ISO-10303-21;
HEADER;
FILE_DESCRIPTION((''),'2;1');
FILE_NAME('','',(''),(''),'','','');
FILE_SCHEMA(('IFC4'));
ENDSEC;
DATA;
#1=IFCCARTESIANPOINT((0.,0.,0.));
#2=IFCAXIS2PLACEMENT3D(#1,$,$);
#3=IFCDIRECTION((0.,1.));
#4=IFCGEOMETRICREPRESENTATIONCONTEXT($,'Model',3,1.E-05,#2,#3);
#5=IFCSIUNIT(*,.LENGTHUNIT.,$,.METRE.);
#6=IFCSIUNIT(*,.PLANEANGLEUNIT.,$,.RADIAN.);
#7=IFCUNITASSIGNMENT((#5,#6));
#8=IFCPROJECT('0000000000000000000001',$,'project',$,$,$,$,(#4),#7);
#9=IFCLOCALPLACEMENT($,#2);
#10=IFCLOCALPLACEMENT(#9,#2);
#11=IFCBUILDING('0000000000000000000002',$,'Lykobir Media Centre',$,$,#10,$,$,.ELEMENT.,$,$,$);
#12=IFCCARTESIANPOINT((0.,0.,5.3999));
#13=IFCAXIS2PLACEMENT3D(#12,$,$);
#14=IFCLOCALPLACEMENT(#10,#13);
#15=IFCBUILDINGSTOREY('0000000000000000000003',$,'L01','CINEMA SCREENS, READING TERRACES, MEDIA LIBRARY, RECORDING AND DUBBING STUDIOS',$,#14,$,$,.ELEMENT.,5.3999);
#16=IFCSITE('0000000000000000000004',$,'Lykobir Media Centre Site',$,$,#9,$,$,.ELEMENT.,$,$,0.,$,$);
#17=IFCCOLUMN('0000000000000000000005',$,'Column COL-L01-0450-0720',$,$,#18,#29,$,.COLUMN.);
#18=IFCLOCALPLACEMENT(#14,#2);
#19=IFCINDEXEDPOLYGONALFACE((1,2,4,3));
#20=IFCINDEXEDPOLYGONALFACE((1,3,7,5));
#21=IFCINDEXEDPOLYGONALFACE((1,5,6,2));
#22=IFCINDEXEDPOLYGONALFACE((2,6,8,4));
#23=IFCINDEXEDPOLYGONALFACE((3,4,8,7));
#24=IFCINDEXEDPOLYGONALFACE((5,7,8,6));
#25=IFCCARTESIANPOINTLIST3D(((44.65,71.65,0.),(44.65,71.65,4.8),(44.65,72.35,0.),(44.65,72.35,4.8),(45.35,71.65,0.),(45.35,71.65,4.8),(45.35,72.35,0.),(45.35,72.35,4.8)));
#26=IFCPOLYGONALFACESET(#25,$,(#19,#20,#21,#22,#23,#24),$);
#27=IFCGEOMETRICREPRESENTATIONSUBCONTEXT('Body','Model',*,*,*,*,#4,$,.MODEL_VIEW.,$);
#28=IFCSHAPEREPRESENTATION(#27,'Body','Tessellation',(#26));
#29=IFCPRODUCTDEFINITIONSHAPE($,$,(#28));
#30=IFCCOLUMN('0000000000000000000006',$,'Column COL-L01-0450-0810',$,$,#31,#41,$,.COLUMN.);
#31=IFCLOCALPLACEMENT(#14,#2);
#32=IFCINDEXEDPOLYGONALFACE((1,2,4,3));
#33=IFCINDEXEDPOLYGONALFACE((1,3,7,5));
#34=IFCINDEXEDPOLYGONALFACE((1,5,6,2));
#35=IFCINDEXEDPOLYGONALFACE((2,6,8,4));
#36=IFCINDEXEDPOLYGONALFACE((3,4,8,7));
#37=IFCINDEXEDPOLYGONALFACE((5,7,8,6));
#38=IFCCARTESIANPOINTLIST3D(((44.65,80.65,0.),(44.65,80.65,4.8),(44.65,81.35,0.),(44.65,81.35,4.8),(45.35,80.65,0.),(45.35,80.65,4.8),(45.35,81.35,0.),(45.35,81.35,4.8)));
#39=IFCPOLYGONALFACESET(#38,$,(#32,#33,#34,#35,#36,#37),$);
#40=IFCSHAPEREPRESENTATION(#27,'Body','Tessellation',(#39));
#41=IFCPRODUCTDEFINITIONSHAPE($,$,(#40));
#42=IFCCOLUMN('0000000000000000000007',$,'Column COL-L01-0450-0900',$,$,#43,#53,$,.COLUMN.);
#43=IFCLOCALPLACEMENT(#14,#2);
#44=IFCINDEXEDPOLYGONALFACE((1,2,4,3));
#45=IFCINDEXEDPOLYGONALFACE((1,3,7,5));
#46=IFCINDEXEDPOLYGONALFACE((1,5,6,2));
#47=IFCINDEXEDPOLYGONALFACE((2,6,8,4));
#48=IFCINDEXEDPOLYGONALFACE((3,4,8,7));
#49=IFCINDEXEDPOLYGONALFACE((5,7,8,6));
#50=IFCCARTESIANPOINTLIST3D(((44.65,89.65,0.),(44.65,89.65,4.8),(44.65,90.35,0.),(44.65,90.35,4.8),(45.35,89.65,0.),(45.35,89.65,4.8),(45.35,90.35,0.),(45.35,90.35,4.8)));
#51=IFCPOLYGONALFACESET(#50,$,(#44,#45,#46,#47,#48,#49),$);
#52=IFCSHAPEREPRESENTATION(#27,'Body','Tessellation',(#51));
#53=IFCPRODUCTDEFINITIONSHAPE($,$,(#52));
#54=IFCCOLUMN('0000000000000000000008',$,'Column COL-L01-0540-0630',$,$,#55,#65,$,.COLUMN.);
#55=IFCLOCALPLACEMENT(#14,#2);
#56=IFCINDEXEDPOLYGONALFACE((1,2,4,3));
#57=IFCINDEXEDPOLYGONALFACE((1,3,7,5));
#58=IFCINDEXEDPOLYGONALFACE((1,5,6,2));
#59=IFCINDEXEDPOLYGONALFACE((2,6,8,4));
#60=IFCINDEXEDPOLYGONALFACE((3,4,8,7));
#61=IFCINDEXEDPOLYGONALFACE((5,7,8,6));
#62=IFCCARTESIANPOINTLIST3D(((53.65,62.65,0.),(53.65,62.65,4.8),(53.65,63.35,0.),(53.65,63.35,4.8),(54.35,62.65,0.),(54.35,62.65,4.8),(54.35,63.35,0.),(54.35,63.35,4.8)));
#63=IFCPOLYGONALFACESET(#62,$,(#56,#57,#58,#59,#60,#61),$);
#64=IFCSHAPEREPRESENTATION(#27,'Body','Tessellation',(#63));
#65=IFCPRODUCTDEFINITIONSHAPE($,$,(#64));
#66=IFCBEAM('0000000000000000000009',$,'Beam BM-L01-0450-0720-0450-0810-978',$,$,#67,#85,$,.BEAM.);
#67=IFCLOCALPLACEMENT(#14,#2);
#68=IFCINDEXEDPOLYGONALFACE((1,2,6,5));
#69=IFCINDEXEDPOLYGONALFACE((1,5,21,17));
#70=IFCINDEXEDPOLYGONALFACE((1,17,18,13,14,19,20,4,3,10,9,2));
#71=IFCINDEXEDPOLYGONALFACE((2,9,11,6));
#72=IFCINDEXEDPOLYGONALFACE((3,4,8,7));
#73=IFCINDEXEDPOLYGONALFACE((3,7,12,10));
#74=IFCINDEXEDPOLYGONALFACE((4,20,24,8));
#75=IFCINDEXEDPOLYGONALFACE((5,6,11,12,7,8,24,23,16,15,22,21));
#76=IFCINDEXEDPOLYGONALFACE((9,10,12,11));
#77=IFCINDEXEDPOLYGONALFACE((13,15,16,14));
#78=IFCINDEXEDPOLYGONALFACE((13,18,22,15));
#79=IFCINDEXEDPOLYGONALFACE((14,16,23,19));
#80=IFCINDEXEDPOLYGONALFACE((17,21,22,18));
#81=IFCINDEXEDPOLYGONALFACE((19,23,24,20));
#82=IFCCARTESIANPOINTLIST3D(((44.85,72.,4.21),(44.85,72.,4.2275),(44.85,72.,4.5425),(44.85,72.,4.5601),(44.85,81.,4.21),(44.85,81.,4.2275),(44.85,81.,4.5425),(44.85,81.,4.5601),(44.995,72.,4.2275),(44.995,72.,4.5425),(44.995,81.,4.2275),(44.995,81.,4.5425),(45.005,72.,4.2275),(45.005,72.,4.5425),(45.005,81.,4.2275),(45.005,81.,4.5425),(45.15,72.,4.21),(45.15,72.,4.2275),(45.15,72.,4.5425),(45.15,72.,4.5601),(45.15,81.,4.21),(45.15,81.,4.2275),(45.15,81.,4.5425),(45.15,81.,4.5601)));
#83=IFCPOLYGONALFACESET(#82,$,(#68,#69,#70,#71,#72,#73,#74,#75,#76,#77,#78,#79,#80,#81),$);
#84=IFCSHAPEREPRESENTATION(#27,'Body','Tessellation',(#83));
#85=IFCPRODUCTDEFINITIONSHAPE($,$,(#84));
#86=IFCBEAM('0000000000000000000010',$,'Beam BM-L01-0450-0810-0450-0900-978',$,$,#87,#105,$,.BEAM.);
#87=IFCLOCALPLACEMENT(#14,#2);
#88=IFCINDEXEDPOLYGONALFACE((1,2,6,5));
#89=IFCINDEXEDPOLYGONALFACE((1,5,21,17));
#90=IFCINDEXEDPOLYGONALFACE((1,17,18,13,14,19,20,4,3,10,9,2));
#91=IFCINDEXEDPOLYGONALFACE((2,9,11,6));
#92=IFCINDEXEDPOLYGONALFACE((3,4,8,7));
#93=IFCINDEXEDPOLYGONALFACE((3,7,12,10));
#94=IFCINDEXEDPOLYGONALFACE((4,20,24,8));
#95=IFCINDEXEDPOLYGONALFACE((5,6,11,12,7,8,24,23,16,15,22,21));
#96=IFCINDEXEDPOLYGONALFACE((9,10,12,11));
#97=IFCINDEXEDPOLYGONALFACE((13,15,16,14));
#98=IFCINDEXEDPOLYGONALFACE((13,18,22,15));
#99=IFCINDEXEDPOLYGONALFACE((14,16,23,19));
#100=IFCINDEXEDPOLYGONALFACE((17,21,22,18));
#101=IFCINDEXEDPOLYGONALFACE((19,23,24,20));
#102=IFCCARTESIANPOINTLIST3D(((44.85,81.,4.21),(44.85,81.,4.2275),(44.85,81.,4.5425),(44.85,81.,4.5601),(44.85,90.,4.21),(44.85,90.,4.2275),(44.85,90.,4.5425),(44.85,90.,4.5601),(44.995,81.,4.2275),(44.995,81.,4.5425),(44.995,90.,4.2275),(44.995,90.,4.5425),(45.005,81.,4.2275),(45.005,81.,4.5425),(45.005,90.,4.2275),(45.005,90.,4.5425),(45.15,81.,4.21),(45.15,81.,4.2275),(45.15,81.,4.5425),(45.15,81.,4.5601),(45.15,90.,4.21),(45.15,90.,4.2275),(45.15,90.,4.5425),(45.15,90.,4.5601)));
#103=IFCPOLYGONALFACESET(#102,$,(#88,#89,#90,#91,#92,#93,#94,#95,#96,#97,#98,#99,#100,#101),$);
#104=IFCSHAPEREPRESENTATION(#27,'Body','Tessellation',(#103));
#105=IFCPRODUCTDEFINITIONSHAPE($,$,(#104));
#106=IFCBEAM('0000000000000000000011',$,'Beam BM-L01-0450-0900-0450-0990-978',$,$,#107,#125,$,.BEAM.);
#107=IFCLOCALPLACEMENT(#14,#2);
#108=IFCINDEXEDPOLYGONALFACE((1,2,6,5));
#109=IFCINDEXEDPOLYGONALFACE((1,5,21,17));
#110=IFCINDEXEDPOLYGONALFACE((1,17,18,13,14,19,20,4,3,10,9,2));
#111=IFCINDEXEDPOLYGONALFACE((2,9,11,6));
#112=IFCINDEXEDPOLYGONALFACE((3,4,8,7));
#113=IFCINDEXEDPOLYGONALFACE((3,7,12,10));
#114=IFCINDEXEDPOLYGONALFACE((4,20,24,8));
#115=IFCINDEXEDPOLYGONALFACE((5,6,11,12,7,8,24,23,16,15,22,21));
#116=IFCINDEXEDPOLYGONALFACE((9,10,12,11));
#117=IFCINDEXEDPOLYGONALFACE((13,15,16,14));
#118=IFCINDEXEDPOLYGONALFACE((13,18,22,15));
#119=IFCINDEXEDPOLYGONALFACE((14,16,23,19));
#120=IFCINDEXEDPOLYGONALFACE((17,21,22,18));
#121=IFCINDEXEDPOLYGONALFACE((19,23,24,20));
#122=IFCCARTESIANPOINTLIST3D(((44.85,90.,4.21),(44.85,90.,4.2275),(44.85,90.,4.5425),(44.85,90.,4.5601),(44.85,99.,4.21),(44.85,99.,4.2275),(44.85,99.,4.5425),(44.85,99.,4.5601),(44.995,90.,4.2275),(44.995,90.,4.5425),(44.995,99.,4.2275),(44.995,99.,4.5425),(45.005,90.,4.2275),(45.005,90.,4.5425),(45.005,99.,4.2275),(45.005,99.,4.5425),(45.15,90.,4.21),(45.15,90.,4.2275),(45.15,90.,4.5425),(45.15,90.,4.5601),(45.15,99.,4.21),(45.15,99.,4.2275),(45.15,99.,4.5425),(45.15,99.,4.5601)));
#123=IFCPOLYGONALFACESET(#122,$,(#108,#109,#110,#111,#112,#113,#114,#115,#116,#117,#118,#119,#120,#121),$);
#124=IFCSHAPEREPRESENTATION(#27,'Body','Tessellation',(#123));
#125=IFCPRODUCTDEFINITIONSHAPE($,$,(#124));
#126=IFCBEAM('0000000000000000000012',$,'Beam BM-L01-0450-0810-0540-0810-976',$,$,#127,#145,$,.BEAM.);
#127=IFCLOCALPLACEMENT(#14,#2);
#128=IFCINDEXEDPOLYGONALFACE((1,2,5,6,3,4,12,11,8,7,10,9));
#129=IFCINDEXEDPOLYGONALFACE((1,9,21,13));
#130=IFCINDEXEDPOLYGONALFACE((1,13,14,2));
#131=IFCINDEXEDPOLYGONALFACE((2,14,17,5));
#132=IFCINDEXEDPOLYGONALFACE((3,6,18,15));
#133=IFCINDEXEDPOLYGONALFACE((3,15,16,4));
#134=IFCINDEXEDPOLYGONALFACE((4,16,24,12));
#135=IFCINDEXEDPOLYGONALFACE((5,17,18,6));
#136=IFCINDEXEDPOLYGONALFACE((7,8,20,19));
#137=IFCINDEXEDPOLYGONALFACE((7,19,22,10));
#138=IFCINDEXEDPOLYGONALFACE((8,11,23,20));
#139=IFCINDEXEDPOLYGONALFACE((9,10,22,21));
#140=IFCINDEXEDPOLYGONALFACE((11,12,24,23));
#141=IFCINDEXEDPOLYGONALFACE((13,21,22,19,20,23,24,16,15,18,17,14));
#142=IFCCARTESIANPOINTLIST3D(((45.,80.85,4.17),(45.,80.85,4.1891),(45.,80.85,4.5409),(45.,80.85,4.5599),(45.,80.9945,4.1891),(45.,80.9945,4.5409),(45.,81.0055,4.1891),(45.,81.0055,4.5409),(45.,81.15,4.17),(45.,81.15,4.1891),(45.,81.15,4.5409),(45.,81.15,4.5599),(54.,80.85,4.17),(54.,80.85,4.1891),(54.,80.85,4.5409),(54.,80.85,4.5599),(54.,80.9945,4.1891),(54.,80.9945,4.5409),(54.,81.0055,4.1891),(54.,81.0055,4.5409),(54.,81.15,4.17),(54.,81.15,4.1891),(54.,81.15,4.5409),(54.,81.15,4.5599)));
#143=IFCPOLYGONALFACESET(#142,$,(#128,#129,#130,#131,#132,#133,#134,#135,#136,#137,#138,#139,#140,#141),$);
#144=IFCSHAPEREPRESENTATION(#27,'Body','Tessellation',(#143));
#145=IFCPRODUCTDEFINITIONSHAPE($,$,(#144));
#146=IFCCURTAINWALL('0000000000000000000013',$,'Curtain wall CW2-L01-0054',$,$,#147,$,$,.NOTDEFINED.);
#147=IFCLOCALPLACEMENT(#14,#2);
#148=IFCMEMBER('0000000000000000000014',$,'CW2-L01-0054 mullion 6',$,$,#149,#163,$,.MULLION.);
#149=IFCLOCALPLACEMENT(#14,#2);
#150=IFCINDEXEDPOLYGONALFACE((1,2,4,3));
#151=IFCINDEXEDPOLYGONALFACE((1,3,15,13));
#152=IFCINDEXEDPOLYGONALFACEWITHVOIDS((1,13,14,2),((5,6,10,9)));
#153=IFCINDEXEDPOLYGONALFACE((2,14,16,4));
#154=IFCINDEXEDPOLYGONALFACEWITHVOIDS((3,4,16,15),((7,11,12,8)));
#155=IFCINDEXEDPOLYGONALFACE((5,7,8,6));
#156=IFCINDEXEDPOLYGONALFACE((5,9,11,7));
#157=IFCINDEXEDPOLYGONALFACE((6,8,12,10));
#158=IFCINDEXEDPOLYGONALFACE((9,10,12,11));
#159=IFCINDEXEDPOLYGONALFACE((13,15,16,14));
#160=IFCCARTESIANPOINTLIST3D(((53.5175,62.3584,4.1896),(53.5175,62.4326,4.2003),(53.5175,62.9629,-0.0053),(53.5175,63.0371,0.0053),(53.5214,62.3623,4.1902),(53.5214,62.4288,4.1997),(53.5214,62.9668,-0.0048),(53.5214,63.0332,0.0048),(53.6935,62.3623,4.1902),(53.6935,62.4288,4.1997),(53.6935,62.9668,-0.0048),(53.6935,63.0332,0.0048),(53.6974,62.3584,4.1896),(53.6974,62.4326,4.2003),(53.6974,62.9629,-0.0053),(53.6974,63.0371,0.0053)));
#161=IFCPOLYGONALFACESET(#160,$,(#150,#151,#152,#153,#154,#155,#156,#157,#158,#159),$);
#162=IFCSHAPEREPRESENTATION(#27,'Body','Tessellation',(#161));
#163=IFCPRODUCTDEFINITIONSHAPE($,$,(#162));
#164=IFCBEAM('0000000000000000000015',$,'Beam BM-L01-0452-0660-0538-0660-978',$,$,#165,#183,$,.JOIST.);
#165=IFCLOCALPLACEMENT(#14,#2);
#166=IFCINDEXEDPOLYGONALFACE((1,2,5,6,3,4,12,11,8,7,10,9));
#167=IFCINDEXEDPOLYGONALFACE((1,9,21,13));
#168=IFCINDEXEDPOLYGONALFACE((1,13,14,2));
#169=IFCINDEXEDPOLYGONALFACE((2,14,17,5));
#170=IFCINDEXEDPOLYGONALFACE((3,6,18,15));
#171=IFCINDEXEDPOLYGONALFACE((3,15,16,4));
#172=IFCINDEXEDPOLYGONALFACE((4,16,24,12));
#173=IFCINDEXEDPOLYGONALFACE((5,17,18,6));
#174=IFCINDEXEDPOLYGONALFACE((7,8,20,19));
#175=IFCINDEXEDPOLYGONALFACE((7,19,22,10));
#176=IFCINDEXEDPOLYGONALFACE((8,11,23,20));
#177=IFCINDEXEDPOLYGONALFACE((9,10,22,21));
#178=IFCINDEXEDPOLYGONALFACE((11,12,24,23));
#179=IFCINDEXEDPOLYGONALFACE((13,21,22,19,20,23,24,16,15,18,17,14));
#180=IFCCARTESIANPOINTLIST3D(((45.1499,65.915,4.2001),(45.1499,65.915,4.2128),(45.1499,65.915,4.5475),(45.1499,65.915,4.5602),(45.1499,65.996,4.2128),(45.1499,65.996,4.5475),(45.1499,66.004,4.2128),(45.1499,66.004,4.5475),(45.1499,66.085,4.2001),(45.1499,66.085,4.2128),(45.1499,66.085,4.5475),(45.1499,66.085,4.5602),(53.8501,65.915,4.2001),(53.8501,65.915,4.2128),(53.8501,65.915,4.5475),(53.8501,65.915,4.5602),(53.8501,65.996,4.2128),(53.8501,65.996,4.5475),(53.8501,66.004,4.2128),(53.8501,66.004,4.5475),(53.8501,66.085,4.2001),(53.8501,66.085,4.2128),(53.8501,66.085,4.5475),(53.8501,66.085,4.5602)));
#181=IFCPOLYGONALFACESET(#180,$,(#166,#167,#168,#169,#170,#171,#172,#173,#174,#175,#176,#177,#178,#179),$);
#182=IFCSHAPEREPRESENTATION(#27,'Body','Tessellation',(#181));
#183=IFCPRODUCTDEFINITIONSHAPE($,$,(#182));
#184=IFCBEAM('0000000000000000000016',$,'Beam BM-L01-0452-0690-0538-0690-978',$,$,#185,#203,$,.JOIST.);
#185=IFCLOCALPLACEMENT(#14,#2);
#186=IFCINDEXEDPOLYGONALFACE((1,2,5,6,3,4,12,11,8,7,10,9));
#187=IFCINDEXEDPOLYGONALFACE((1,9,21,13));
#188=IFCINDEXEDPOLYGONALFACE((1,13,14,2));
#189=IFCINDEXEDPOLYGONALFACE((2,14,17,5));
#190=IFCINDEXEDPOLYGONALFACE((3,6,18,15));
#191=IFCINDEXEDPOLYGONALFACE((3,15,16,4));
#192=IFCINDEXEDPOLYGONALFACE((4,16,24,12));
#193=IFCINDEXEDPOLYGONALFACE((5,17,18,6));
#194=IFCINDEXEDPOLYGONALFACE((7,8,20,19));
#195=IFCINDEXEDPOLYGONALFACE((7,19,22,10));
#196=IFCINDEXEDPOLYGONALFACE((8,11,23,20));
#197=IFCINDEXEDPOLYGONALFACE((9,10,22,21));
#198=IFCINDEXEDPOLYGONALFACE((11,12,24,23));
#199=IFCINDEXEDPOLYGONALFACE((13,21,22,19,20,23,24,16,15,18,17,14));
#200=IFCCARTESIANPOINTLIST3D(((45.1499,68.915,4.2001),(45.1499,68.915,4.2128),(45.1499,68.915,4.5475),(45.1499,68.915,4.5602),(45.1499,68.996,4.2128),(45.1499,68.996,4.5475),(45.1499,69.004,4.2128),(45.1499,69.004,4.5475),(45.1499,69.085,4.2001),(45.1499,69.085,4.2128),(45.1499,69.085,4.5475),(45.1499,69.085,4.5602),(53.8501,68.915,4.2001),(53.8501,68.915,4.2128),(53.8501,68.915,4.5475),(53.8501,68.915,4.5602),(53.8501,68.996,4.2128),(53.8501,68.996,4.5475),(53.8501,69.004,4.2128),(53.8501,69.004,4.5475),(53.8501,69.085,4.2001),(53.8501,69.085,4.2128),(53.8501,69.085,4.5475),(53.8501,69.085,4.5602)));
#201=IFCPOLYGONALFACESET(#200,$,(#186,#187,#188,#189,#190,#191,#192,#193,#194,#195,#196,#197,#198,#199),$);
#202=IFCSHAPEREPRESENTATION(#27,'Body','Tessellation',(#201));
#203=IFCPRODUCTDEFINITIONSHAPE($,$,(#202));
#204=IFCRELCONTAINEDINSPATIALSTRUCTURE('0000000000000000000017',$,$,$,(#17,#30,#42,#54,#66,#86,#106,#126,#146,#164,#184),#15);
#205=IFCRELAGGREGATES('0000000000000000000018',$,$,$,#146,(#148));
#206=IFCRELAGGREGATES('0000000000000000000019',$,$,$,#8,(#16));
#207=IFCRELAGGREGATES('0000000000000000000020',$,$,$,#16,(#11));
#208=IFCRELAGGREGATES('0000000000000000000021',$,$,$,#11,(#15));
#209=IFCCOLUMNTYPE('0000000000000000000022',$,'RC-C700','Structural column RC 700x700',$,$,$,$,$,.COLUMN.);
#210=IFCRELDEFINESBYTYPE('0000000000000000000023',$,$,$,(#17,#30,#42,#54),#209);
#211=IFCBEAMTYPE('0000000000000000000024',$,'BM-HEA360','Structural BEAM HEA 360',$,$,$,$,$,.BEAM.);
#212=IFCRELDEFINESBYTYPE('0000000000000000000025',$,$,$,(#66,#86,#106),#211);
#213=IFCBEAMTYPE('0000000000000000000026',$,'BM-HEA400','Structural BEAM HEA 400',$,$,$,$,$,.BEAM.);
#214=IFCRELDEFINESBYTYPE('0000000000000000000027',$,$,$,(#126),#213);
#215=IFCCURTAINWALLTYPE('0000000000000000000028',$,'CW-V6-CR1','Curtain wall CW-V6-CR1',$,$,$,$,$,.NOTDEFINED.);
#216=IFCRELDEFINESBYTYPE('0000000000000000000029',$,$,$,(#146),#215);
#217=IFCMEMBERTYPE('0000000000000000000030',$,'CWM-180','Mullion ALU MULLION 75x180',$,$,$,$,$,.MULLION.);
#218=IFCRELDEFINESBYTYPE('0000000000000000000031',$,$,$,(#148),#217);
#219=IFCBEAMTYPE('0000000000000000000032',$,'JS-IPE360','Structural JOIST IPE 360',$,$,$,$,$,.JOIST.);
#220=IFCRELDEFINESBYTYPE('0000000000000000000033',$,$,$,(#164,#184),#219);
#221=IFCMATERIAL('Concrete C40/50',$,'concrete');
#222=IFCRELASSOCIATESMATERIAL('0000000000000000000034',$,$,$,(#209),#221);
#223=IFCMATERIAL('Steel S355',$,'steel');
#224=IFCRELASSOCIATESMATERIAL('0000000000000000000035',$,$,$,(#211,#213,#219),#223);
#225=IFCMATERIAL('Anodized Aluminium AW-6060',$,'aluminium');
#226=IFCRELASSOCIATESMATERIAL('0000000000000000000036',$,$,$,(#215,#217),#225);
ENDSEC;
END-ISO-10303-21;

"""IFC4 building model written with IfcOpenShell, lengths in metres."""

from ifc_helpers import new_model, si_unit, direction, frame, origin, origin_2d, place, context, subcontext, project, spatial, rectangle, hollow_rectangle, i_section, extrude, material, material_profile, profile_set, type_object, element, aggregate, save


model = new_model("IFC4")

# Units and contexts
model_context = context("Model", 3, precision=1e-05, world=origin(), true_north=direction((0.0, 1.0)))
body_context = subcontext(model_context, "Body", "Model", "MODEL_VIEW")
ifc_project = project(units=[si_unit("LENGTHUNIT", "METRE"), si_unit("PLANEANGLEUNIT", "RADIAN")], contexts=[model_context])

# Site, building, storey
site_placement = place(None, origin())
site = spatial("IfcSite", under=ifc_project, at=site_placement, Name="Lykobir Media Centre Site", CompositionType="ELEMENT", RefElevation=0.0)
building_placement = place(site_placement, origin())
building = spatial("IfcBuilding", under=site, at=building_placement, Name="Lykobir Media Centre", CompositionType="ELEMENT")
storey_placement = place(building_placement, frame((0.0, 0.0, 5.3999)))
storey = spatial("IfcBuildingStorey", under=building, at=storey_placement, Name="L01", Description="CINEMA SCREENS, READING TERRACES, MEDIA LIBRARY, RECORDING AND DUBBING STUDIOS", CompositionType="ELEMENT", Elevation=5.3999)

# Columns
ifc_material_1 = material(Name="Concrete C40/50", Category="concrete")
ifc_material_profile_1 = material_profile(ifc_material_1, rectangle(XDim=0.7, YDim=0.7, at=origin_2d()), Name="RC 700x700")
ifc_profile_set_1 = profile_set([ifc_material_profile_1], Name="Concrete C40/50")
column_type = type_object("IfcColumnType", Name="RC-C700", Description="Structural column RC 700x700", PredefinedType="COLUMN", material=ifc_profile_set_1)
for number, where, z_axis, x_axis, name in (
    (1, (45.0, 72.0, 0.0), (0.0, 0.0, 1.0), (1.0, 0.0, 0.0), "Column COL-L01-0450-0720"),
    (2, (45.0, 81.0, 0.0), (0.0, 0.0, 1.0), (1.0, 0.0, 0.0), "Column COL-L01-0450-0810"),
    (3, (45.0, 90.0, 0.0), (0.0, 0.0, 1.0), (1.0, 0.0, 0.0), "Column COL-L01-0450-0900"),
    (4, (54.0, 63.0, 0.0), (0.0, 0.0, 1.0), (1.0, 0.0, 0.0), "Column COL-L01-0540-0630"),
):
    element("IfcColumn", number, at=place(storey_placement, frame(where, z_axis=z_axis, x_axis=x_axis)), inside=storey, type_object=column_type, Name=name, PredefinedType="COLUMN", context=body_context, shape_type="SweptSolid", body=[
        extrude(rectangle(XDim=0.7, YDim=0.7, at=origin_2d()), origin(), (0.0, 0.0, 1.0), 4.8),
    ])

# Beams
ifc_material_2 = material(Name="Steel S355", Category="steel")
ifc_material_profile_2 = material_profile(ifc_material_2, i_section(OverallWidth=0.3, OverallDepth=0.3501, WebThickness=0.01, FlangeThickness=0.0176, at=origin_2d()), Name="HEA 360")
ifc_profile_set_2 = profile_set([ifc_material_profile_2], Name="Steel S355")
beam_type_1 = type_object("IfcBeamType", Name="BM-HEA360", Description="Structural BEAM HEA 360", PredefinedType="BEAM", material=ifc_profile_set_2)
for number, where, z_axis, x_axis, name in (
    (5, (45.0, 72.0, 4.385), (0.0, 1.0, 0.0), (-1.0, 0.0, 0.0), "Beam BM-L01-0450-0720-0450-0810-978"),
    (6, (45.0, 81.0, 4.385), (0.0, 1.0, 0.0), (-1.0, 0.0, 0.0), "Beam BM-L01-0450-0810-0450-0900-978"),
    (7, (45.0, 90.0, 4.385), (0.0, 1.0, 0.0), (-1.0, 0.0, 0.0), "Beam BM-L01-0450-0900-0450-0990-978"),
):
    element("IfcBeam", number, at=place(storey_placement, frame(where, z_axis=z_axis, x_axis=x_axis)), inside=storey, type_object=beam_type_1, Name=name, PredefinedType="BEAM", context=body_context, shape_type="SweptSolid", body=[
        extrude(i_section(OverallWidth=0.3, OverallDepth=0.3501, WebThickness=0.01, FlangeThickness=0.0176, at=origin_2d()), origin(), (0.0, 0.0, 1.0), 9.0),
    ])
ifc_material_profile_3 = material_profile(ifc_material_2, i_section(OverallWidth=0.3, OverallDepth=0.3899, WebThickness=0.011, FlangeThickness=0.019, at=origin_2d()), Name="HEA 400")
ifc_profile_set_3 = profile_set([ifc_material_profile_3], Name="Steel S355")
beam_type_2 = type_object("IfcBeamType", Name="BM-HEA400", Description="Structural BEAM HEA 400", PredefinedType="BEAM", material=ifc_profile_set_3)
beam_placement = place(storey_placement, frame((45.0, 81.0, 4.365), z_axis=(1.0, 0.0, 0.0), x_axis=(0.0, 1.0, 0.0)))
element("IfcBeam", 8, at=beam_placement, inside=storey, type_object=beam_type_2, Name="Beam BM-L01-0450-0810-0540-0810-976", PredefinedType="BEAM", context=body_context, shape_type="SweptSolid", body=[
    extrude(i_section(OverallWidth=0.3, OverallDepth=0.3899, WebThickness=0.011, FlangeThickness=0.019, at=origin_2d()), origin(), (0.0, 0.0, 1.0), 9.0),
])

# Curtain wall, member
ifc_material_3 = material(Name="Anodized Aluminium AW-6060", Category="aluminium")
curtain_wall_type = type_object("IfcCurtainWallType", Name="CW-V6-CR1", Description="Curtain wall CW-V6-CR1", PredefinedType="NOTDEFINED", material=ifc_material_3)
curtain_wall_placement = place(storey_placement, origin())
curtain_wall = element("IfcCurtainWall", 9, at=curtain_wall_placement, inside=storey, type_object=curtain_wall_type, Name="Curtain wall CW2-L01-0054", PredefinedType="NOTDEFINED")
ifc_material_profile_4 = material_profile(ifc_material_3, hollow_rectangle(XDim=0.075, YDim=0.1799, WallThickness=0.0039, at=origin_2d()), Name="ALU MULLION 75x180")
ifc_profile_set_4 = profile_set([ifc_material_profile_4], Name="Anodized Aluminium AW-6060")
member_type = type_object("IfcMemberType", Name="CWM-180", Description="Mullion ALU MULLION 75x180", PredefinedType="MULLION", material=ifc_profile_set_4)
member_placement = place(storey_placement, frame((53.6074, 63.0, 0.0), z_axis=(0.0, -0.142623, 0.989777), x_axis=(0.0, 0.989777, 0.142623)))
member = element("IfcMember", 10, at=member_placement, type_object=member_type, Name="CW2-L01-0054 mullion 6", PredefinedType="MULLION", context=body_context, shape_type="SweptSolid", body=[
    extrude(hollow_rectangle(XDim=0.075, YDim=0.1799, WallThickness=0.0039, at=origin_2d()), origin(), (0.0, 0.0, 1.0), 4.2383),
])
aggregate(curtain_wall, [member])

# Beams
ifc_material_profile_5 = material_profile(ifc_material_2, i_section(OverallWidth=0.1699, OverallDepth=0.3601, WebThickness=0.0081, FlangeThickness=0.0127, at=origin_2d()), Name="IPE 360")
ifc_profile_set_5 = profile_set([ifc_material_profile_5], Name="Steel S355")
beam_type_3 = type_object("IfcBeamType", Name="JS-IPE360", Description="Structural JOIST IPE 360", PredefinedType="JOIST", material=ifc_profile_set_5)
for number, where, z_axis, x_axis, name in (
    (11, (45.1499, 66.0, 4.3801), (1.0, 0.0, 0.0), (0.0, 1.0, 0.0), "Beam BM-L01-0452-0660-0538-0660-978"),
    (12, (45.1499, 69.0, 4.3801), (1.0, 0.0, 0.0), (0.0, 1.0, 0.0), "Beam BM-L01-0452-0690-0538-0690-978"),
):
    element("IfcBeam", number, at=place(storey_placement, frame(where, z_axis=z_axis, x_axis=x_axis)), inside=storey, type_object=beam_type_3, Name=name, PredefinedType="JOIST", context=body_context, shape_type="SweptSolid", body=[
        extrude(i_section(OverallWidth=0.1699, OverallDepth=0.3601, WebThickness=0.0081, FlangeThickness=0.0127, at=origin_2d()), origin(), (0.0, 0.0, 1.0), 8.7002),
    ])

save(model, "model.ifc")
